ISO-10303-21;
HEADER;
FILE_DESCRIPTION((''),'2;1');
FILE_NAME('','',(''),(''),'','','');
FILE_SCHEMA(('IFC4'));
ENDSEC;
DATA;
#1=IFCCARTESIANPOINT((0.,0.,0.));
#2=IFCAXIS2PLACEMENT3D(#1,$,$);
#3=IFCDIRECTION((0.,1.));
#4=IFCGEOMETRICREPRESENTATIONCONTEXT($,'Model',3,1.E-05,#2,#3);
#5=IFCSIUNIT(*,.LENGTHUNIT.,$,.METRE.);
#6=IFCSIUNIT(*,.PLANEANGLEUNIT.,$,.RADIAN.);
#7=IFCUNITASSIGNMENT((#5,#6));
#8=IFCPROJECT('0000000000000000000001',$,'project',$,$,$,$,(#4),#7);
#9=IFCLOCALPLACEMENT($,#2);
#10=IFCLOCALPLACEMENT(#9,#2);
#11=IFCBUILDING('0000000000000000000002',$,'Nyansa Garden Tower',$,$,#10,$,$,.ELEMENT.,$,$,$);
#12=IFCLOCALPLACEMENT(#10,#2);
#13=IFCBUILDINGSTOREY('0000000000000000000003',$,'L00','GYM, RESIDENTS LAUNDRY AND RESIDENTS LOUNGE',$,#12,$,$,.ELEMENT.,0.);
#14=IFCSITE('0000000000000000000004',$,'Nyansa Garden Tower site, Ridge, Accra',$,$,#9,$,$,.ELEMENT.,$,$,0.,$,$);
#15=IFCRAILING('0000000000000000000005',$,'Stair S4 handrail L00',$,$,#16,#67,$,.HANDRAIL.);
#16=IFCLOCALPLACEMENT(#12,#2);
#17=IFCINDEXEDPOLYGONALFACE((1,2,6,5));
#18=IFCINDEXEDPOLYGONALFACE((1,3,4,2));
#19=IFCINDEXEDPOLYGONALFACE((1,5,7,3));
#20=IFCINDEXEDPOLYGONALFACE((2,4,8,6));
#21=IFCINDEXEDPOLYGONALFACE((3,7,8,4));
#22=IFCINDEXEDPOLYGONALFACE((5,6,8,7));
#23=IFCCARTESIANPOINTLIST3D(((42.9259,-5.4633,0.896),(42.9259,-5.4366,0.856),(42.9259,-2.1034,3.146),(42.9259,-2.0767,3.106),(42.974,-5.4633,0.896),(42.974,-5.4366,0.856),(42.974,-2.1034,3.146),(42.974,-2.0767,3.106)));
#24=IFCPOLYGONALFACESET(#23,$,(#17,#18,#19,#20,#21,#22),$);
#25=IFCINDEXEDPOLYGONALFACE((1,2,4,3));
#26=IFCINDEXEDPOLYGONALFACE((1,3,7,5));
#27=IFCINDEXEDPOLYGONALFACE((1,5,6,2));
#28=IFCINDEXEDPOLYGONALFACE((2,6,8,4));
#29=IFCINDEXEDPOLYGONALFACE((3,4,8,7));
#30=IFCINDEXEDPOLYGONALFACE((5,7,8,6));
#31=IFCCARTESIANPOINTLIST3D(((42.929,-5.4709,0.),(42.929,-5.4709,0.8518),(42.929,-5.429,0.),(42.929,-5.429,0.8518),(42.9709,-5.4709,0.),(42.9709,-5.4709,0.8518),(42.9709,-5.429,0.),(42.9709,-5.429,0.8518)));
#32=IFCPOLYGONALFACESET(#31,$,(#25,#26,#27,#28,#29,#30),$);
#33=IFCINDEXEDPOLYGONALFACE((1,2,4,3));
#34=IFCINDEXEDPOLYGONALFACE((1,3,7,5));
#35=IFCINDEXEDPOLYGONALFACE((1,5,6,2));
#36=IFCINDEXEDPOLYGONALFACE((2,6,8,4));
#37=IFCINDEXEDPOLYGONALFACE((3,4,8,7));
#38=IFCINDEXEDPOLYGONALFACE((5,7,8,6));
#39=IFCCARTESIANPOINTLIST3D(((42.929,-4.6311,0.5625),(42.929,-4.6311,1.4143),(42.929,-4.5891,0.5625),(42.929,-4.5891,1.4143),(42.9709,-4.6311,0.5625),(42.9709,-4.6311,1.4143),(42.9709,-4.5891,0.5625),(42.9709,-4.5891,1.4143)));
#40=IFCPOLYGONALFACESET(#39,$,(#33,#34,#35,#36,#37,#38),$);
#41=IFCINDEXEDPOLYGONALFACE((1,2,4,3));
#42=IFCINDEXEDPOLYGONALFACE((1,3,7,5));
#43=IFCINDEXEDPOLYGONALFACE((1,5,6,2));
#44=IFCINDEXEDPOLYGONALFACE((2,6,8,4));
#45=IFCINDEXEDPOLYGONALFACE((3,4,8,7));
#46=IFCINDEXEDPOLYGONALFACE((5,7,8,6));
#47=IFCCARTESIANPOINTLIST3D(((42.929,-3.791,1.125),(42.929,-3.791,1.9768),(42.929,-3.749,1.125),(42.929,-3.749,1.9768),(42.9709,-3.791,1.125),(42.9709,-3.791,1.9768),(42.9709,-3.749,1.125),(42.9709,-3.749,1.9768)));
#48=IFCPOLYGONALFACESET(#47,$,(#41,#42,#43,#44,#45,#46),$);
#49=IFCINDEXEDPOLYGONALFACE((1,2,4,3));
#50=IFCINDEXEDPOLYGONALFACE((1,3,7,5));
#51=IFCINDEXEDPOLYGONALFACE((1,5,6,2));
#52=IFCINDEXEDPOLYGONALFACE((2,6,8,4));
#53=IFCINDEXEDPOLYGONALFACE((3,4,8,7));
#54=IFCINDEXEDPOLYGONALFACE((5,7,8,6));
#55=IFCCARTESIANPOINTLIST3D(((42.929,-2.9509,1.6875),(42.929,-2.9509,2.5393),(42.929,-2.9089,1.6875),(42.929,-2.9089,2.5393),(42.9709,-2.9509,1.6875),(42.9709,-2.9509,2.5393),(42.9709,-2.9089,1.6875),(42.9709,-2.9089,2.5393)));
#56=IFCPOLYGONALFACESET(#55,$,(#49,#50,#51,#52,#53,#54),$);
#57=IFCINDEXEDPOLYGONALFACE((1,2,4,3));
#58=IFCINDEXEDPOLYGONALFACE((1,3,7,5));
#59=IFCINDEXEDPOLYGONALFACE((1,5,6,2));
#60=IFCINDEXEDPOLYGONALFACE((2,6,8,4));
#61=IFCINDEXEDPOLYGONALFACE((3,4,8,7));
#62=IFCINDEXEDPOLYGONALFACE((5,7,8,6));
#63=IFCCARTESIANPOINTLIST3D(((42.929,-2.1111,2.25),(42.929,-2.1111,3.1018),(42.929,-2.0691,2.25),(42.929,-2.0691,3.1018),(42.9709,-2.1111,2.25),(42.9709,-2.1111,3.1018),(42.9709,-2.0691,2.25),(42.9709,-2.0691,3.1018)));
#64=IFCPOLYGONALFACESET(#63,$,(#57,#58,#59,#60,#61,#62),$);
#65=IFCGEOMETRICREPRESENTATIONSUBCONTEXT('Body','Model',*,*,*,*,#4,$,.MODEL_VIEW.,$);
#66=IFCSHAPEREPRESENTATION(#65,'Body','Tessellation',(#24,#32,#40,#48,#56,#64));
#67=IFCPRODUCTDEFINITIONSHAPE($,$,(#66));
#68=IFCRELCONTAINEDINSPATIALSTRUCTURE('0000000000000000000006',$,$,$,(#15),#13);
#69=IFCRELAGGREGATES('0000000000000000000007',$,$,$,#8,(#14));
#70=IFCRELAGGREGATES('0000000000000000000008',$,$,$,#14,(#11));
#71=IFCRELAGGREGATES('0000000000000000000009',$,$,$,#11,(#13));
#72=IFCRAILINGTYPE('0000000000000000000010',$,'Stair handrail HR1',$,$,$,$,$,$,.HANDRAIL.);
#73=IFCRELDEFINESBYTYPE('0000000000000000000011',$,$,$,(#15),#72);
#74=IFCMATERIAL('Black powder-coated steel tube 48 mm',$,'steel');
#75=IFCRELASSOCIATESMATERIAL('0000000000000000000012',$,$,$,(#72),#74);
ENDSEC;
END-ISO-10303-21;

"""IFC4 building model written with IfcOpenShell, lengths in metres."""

from ifc_helpers import new_model, si_unit, direction, frame, origin, origin_2d, place, context, subcontext, project, spatial, rectangle, extrude, material, type_object, element, save


model = new_model("IFC4")

# Units and contexts
model_context = context("Model", 3, precision=1e-05, world=origin(), true_north=direction((0.0, 1.0)))
body_context = subcontext(model_context, "Body", "Model", "MODEL_VIEW")
ifc_project = project(units=[si_unit("LENGTHUNIT", "METRE"), si_unit("PLANEANGLEUNIT", "RADIAN")], contexts=[model_context])

# Site, building, storey
site_placement = place(None, origin())
site = spatial("IfcSite", under=ifc_project, at=site_placement, Name="Nyansa Garden Tower site, Ridge, Accra", CompositionType="ELEMENT", RefElevation=0.0)
building_placement = place(site_placement, origin())
building = spatial("IfcBuilding", under=site, at=building_placement, Name="Nyansa Garden Tower", CompositionType="ELEMENT")
storey_placement = place(building_placement, origin())
storey = spatial("IfcBuildingStorey", under=building, at=storey_placement, Name="L00", Description="GYM, RESIDENTS LAUNDRY AND RESIDENTS LOUNGE", CompositionType="ELEMENT", Elevation=0.0)

# Railing
ifc_material_1 = material(Name="Black powder-coated steel tube 48 mm", Category="steel")
railing_type = type_object("IfcRailingType", Name="Stair handrail HR1", PredefinedType="HANDRAIL", material=ifc_material_1)
railing_placement = place(storey_placement, frame((42.95, -5.45, 0.0)))
element("IfcRailing", 1, at=railing_placement, inside=storey, type_object=railing_type, Name="Stair S4 handrail L00", PredefinedType="HANDRAIL", context=body_context, shape_type="SweptSolid", body=[
    extrude(rectangle(XDim=0.0481, YDim=0.0481, at=origin_2d()), frame((0.0, 0.0, 0.876), z_axis=(0.0, 0.830897, 0.556427), x_axis=(-1.0, 0.0, 0.0)), (0.0, 0.0, 1.0), 4.0437),
    extrude(rectangle(XDim=0.042, YDim=0.042, at=origin_2d()), origin(), (0.0, 0.0, 1.0), 0.8518),
    extrude(rectangle(XDim=0.042, YDim=0.042, at=origin_2d()), frame((0.0, 0.8398, 0.5625)), (0.0, 0.0, 1.0), 0.8518),
    extrude(rectangle(XDim=0.042, YDim=0.042, at=origin_2d()), frame((0.0, 1.6799, 1.125)), (0.0, 0.0, 1.0), 0.8518),
    extrude(rectangle(XDim=0.042, YDim=0.042, at=origin_2d()), frame((0.0, 2.52, 1.6875)), (0.0, 0.0, 1.0), 0.8518),
    extrude(rectangle(XDim=0.042, YDim=0.042, at=origin_2d()), frame((0.0, 3.3599, 2.25)), (0.0, 0.0, 1.0), 0.8518),
])

save(model, "model.ifc")
